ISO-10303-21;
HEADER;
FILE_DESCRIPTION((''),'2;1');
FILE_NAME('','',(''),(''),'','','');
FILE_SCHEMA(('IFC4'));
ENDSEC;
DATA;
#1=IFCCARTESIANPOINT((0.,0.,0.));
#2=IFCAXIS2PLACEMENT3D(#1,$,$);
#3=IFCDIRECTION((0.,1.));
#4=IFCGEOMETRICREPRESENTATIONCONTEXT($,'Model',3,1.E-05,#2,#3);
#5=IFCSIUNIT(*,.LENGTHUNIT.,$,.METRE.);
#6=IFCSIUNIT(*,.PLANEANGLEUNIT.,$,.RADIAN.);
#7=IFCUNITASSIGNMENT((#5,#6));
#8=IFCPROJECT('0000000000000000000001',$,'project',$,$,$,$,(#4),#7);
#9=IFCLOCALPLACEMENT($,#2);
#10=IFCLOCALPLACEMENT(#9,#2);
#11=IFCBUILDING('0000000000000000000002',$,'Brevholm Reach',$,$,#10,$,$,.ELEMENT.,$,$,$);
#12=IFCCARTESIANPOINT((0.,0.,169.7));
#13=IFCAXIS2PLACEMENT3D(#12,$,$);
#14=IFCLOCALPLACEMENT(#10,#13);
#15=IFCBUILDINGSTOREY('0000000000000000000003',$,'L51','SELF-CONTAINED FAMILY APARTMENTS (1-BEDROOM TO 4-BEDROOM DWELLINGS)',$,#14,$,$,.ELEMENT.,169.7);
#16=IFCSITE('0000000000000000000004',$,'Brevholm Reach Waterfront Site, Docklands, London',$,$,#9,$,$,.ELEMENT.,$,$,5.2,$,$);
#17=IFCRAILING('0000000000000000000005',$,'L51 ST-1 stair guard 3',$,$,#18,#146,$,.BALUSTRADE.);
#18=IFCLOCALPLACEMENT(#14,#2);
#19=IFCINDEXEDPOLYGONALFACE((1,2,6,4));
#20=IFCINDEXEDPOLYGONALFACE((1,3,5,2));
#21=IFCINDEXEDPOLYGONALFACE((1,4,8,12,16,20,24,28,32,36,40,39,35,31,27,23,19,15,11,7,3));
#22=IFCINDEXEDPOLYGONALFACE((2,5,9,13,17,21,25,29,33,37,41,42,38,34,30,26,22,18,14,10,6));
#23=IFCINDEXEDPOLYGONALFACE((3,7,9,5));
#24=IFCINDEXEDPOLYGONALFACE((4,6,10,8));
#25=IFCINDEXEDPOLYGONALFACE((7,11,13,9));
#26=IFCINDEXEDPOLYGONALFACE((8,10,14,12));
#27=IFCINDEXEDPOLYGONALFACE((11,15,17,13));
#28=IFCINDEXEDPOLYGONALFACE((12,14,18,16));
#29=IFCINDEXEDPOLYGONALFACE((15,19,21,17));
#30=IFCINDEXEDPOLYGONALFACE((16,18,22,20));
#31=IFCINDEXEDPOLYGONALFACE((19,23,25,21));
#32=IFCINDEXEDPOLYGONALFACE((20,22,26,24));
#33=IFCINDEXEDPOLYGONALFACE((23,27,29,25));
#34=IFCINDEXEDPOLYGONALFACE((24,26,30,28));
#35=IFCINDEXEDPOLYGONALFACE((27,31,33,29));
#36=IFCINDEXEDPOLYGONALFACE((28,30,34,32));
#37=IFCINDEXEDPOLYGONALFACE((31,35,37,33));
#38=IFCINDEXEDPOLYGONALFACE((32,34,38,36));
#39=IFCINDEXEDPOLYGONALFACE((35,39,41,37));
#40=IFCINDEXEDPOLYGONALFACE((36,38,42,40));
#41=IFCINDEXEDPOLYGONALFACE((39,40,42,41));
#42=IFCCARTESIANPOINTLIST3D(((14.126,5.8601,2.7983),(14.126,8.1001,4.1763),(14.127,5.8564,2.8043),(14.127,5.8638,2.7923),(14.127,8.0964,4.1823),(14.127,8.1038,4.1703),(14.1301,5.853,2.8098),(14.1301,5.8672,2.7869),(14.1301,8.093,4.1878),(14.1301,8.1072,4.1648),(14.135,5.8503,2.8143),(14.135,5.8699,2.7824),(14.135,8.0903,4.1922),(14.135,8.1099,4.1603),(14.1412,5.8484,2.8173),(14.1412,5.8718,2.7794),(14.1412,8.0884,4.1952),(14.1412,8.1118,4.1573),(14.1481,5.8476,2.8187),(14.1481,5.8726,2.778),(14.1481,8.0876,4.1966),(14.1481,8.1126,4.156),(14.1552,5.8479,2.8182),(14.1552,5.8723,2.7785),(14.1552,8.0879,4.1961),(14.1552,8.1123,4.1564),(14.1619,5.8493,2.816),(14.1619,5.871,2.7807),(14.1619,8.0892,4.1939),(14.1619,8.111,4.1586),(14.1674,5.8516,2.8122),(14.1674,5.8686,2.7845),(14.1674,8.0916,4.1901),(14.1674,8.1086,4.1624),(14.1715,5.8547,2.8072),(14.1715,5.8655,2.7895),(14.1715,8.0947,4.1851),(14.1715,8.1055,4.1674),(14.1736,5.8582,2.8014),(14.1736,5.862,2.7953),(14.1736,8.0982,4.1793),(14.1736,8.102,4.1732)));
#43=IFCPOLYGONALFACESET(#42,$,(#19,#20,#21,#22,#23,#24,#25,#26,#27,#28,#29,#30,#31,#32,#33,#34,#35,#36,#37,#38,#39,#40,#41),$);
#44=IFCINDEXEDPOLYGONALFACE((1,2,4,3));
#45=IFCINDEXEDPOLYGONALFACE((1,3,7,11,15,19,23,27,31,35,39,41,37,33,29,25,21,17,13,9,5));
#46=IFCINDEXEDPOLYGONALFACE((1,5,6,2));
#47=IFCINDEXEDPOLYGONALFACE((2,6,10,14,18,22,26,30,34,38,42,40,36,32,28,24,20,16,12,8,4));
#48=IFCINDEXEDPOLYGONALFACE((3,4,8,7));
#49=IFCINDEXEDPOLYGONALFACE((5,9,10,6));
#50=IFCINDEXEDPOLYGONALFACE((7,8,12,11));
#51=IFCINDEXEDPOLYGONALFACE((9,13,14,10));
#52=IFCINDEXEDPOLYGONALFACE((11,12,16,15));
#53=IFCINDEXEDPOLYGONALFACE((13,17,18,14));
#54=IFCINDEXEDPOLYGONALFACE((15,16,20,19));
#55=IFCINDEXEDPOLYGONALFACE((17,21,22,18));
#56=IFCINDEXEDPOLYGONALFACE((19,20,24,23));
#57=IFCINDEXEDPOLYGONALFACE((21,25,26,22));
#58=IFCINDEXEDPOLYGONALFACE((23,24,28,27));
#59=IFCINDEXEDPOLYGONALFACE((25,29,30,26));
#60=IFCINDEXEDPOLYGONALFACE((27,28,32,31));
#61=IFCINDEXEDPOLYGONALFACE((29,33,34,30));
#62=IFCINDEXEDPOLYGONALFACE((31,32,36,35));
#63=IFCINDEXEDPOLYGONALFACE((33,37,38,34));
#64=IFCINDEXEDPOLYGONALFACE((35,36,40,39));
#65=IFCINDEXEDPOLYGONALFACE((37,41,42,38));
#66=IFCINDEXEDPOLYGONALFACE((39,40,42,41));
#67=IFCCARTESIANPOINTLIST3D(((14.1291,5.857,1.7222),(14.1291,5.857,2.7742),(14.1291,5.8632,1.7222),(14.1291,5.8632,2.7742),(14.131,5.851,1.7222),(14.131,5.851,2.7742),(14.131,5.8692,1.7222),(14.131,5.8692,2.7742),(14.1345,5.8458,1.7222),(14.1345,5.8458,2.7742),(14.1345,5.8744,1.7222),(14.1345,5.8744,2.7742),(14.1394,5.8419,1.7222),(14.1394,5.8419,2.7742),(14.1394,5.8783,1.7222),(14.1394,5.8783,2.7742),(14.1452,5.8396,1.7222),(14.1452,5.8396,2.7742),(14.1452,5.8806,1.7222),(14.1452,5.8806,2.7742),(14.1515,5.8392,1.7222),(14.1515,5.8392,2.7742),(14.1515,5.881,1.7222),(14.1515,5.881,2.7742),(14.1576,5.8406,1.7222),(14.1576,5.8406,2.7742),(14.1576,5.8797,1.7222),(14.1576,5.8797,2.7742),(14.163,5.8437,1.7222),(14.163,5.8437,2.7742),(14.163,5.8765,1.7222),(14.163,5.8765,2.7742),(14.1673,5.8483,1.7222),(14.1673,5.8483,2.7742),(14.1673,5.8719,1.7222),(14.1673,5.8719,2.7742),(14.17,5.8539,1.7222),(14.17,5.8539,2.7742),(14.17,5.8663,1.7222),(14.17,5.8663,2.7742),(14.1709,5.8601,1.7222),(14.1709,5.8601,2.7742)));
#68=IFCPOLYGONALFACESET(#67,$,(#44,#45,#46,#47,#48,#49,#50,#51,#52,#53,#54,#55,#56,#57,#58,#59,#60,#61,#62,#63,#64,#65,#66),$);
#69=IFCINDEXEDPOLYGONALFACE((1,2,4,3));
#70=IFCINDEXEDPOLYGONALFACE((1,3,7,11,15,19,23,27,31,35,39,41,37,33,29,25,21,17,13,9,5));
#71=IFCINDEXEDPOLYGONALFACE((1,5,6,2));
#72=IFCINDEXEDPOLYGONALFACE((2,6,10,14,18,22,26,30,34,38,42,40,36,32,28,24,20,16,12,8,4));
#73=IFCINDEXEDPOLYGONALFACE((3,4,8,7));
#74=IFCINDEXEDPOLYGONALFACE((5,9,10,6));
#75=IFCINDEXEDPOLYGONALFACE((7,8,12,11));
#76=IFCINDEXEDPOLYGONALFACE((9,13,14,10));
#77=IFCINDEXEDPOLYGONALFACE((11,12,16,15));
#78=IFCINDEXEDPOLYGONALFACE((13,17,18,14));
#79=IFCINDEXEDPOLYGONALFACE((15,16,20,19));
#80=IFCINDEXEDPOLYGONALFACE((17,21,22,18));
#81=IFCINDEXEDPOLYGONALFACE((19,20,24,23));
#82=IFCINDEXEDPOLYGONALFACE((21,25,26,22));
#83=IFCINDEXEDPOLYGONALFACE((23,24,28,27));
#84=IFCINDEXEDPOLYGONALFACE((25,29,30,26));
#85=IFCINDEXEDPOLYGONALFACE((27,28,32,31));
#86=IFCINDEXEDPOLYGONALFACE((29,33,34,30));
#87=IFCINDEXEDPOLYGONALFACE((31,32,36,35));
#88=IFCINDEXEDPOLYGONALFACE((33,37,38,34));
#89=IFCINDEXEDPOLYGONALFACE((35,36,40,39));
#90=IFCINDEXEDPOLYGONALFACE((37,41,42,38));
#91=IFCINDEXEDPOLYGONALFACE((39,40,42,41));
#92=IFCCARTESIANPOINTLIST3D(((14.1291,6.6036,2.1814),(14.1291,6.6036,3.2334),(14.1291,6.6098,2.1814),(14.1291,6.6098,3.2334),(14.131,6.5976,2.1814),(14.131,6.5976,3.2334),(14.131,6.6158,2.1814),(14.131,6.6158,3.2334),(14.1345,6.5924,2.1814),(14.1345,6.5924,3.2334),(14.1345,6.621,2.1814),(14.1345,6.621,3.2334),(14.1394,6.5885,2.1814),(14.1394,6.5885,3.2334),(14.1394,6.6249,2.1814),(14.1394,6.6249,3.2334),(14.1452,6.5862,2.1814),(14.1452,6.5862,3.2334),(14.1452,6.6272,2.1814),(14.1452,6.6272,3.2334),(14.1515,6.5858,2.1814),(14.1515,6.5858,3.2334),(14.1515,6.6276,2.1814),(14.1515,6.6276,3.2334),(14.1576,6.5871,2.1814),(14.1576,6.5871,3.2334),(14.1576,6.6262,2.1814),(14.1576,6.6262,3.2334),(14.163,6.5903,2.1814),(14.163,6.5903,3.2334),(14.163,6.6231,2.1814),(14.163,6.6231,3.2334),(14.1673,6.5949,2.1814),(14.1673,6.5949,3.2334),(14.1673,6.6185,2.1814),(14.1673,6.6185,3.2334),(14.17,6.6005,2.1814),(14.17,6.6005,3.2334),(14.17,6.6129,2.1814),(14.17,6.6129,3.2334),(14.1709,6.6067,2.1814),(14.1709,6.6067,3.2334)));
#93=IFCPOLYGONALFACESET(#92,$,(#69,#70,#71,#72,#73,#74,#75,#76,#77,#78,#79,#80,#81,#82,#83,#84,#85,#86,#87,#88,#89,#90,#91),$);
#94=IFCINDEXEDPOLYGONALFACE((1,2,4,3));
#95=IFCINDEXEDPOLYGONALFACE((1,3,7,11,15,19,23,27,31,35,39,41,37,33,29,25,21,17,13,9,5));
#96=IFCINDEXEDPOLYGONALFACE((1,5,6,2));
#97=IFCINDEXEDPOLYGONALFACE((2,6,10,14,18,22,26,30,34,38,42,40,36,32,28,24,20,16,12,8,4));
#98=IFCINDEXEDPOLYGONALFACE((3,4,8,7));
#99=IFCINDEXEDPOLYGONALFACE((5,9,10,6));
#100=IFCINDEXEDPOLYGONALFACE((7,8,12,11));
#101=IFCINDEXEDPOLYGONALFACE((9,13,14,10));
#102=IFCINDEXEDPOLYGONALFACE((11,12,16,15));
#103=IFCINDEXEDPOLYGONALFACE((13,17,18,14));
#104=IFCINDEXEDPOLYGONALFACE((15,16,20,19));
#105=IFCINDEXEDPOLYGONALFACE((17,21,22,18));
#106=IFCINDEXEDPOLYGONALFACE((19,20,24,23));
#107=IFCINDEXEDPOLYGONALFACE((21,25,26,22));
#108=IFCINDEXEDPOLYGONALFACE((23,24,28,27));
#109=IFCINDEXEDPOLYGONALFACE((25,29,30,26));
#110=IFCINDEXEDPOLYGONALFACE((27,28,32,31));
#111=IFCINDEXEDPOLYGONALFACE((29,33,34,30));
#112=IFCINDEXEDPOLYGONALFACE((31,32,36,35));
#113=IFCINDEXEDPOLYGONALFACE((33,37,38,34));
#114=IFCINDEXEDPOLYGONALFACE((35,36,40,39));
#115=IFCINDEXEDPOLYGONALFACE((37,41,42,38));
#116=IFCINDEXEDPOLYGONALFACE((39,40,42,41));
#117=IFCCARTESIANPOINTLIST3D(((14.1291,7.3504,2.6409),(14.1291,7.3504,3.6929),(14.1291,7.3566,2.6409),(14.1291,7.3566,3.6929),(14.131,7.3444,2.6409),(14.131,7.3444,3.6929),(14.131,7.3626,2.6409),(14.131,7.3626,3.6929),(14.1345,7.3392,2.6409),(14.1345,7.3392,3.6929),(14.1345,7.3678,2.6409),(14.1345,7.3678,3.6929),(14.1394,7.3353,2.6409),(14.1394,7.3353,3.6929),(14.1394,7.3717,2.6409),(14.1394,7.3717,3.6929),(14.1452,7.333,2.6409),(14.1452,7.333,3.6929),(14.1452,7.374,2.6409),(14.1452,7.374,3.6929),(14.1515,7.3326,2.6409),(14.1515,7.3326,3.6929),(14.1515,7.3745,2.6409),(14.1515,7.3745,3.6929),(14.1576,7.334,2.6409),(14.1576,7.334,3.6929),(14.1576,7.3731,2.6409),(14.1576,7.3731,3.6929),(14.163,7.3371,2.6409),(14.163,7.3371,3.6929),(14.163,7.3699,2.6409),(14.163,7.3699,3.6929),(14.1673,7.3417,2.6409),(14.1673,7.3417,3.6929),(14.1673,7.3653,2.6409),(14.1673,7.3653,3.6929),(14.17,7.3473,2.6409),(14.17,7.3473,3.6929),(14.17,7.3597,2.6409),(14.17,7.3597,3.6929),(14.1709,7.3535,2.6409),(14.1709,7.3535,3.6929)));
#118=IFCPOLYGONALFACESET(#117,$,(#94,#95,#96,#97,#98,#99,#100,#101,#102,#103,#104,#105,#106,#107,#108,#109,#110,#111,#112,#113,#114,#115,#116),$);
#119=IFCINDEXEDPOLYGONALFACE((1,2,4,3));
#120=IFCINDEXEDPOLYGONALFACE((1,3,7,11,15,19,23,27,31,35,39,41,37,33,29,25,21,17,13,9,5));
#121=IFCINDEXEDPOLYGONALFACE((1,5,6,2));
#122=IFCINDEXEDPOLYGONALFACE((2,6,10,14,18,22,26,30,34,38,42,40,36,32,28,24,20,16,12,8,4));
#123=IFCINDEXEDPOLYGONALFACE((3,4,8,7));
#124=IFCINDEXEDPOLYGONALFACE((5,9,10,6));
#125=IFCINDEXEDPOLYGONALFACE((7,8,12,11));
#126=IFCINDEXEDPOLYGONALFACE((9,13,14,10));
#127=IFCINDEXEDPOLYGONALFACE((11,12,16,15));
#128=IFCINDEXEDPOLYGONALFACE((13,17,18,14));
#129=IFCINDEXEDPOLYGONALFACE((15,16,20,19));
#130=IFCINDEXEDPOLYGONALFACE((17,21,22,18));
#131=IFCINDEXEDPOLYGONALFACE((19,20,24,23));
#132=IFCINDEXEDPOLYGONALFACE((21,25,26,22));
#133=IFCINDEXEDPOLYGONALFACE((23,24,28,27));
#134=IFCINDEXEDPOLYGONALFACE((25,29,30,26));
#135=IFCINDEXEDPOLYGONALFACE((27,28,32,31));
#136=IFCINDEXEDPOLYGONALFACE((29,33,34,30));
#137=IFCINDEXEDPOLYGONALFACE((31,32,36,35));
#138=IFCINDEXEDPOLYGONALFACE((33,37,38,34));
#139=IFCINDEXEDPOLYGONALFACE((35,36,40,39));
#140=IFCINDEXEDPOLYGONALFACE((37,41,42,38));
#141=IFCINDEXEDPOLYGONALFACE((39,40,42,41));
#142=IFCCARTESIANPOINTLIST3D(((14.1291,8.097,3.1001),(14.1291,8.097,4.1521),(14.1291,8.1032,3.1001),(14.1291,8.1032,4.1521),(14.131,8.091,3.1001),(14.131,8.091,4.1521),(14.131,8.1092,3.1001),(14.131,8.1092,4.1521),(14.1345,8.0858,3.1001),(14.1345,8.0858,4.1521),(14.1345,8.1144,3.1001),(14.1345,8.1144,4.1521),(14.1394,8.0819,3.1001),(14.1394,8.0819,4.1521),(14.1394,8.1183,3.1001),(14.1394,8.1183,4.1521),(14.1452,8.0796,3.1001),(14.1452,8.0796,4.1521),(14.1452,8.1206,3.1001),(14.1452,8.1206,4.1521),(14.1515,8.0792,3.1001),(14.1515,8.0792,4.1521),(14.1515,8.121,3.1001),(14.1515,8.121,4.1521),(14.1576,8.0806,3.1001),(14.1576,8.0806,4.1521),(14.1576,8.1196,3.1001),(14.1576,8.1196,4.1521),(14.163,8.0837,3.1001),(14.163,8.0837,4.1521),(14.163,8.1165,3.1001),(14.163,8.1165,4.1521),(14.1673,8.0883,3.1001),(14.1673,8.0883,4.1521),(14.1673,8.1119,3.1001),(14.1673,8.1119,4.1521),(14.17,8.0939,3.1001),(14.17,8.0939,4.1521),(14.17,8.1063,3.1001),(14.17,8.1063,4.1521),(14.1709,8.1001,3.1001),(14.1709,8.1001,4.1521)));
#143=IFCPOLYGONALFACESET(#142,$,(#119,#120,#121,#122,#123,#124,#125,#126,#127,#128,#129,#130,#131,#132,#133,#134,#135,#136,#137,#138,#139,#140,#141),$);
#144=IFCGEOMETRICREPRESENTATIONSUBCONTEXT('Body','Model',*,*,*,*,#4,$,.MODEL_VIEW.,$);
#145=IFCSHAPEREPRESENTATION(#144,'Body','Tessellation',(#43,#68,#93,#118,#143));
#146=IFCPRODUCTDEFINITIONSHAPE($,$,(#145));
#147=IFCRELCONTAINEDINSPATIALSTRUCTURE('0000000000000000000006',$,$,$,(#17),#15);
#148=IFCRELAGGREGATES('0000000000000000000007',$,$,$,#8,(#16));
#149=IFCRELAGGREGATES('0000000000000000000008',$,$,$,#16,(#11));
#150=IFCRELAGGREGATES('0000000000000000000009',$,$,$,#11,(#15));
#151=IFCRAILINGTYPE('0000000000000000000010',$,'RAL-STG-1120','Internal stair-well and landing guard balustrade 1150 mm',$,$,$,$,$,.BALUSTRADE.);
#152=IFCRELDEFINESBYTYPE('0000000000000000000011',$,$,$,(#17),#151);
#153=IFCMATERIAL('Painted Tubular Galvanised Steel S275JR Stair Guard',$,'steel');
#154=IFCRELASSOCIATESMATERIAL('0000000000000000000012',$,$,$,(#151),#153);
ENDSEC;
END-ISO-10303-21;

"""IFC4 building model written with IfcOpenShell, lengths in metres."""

from ifc_helpers import new_model, si_unit, direction, frame, origin, origin_2d, place, context, subcontext, project, spatial, circle, extrude, material, type_object, element, save


model = new_model("IFC4")

# Units and contexts
model_context = context("Model", 3, precision=1e-05, world=origin(), true_north=direction((0.0, 1.0)))
body_context = subcontext(model_context, "Body", "Model", "MODEL_VIEW")
ifc_project = project(units=[si_unit("LENGTHUNIT", "METRE"), si_unit("PLANEANGLEUNIT", "RADIAN")], contexts=[model_context])

# Site, building, storey
site_placement = place(None, origin())
site = spatial("IfcSite", under=ifc_project, at=site_placement, Name="Brevholm Reach Waterfront Site, Docklands, London", CompositionType="ELEMENT", RefElevation=5.2)
building_placement = place(site_placement, origin())
building = spatial("IfcBuilding", under=site, at=building_placement, Name="Brevholm Reach", CompositionType="ELEMENT")
storey_placement = place(building_placement, frame((0.0, 0.0, 169.7)))
storey = spatial("IfcBuildingStorey", under=building, at=storey_placement, Name="L51", Description="SELF-CONTAINED FAMILY APARTMENTS (1-BEDROOM TO 4-BEDROOM DWELLINGS)", CompositionType="ELEMENT", Elevation=169.7)

# Railing
ifc_material_1 = material(Name="Painted Tubular Galvanised Steel S275JR Stair Guard", Category="steel")
railing_type_1 = type_object("IfcRailingType", Name="RAL-STG-1120", Description="Internal stair-well and landing guard balustrade 1150 mm", PredefinedType="BALUSTRADE", material=ifc_material_1)
railing_1_placement = place(storey_placement, frame((14.1499, 5.8601, 1.7222)))
element("IfcRailing", 1, at=railing_1_placement, inside=storey, type_object=railing_type_1, Name="L51 ST-1 stair guard 3", PredefinedType="BALUSTRADE", context=body_context, shape_type="SweptSolid", body=[
    extrude(circle(Radius=0.0239, at=origin_2d()), frame((0.0, 0.0, 1.0762), z_axis=(0.0, 0.851748, 0.523952), x_axis=(-1.0, 0.0, 0.0)), (0.0, 0.0, 1.0), 2.6299),
    extrude(circle(Radius=0.021, at=origin_2d()), origin(), (0.0, 0.0, 1.0), 1.052),
    extrude(circle(Radius=0.021, at=origin_2d()), frame((0.0, 0.7466, 0.4592)), (0.0, 0.0, 1.0), 1.052),
    extrude(circle(Radius=0.021, at=origin_2d()), frame((0.0, 1.4934, 0.9187)), (0.0, 0.0, 1.0), 1.052),
    extrude(circle(Radius=0.021, at=origin_2d()), frame((0.0, 2.24, 1.3779)), (0.0, 0.0, 1.0), 1.052),
])

save(model, "model.ifc")
